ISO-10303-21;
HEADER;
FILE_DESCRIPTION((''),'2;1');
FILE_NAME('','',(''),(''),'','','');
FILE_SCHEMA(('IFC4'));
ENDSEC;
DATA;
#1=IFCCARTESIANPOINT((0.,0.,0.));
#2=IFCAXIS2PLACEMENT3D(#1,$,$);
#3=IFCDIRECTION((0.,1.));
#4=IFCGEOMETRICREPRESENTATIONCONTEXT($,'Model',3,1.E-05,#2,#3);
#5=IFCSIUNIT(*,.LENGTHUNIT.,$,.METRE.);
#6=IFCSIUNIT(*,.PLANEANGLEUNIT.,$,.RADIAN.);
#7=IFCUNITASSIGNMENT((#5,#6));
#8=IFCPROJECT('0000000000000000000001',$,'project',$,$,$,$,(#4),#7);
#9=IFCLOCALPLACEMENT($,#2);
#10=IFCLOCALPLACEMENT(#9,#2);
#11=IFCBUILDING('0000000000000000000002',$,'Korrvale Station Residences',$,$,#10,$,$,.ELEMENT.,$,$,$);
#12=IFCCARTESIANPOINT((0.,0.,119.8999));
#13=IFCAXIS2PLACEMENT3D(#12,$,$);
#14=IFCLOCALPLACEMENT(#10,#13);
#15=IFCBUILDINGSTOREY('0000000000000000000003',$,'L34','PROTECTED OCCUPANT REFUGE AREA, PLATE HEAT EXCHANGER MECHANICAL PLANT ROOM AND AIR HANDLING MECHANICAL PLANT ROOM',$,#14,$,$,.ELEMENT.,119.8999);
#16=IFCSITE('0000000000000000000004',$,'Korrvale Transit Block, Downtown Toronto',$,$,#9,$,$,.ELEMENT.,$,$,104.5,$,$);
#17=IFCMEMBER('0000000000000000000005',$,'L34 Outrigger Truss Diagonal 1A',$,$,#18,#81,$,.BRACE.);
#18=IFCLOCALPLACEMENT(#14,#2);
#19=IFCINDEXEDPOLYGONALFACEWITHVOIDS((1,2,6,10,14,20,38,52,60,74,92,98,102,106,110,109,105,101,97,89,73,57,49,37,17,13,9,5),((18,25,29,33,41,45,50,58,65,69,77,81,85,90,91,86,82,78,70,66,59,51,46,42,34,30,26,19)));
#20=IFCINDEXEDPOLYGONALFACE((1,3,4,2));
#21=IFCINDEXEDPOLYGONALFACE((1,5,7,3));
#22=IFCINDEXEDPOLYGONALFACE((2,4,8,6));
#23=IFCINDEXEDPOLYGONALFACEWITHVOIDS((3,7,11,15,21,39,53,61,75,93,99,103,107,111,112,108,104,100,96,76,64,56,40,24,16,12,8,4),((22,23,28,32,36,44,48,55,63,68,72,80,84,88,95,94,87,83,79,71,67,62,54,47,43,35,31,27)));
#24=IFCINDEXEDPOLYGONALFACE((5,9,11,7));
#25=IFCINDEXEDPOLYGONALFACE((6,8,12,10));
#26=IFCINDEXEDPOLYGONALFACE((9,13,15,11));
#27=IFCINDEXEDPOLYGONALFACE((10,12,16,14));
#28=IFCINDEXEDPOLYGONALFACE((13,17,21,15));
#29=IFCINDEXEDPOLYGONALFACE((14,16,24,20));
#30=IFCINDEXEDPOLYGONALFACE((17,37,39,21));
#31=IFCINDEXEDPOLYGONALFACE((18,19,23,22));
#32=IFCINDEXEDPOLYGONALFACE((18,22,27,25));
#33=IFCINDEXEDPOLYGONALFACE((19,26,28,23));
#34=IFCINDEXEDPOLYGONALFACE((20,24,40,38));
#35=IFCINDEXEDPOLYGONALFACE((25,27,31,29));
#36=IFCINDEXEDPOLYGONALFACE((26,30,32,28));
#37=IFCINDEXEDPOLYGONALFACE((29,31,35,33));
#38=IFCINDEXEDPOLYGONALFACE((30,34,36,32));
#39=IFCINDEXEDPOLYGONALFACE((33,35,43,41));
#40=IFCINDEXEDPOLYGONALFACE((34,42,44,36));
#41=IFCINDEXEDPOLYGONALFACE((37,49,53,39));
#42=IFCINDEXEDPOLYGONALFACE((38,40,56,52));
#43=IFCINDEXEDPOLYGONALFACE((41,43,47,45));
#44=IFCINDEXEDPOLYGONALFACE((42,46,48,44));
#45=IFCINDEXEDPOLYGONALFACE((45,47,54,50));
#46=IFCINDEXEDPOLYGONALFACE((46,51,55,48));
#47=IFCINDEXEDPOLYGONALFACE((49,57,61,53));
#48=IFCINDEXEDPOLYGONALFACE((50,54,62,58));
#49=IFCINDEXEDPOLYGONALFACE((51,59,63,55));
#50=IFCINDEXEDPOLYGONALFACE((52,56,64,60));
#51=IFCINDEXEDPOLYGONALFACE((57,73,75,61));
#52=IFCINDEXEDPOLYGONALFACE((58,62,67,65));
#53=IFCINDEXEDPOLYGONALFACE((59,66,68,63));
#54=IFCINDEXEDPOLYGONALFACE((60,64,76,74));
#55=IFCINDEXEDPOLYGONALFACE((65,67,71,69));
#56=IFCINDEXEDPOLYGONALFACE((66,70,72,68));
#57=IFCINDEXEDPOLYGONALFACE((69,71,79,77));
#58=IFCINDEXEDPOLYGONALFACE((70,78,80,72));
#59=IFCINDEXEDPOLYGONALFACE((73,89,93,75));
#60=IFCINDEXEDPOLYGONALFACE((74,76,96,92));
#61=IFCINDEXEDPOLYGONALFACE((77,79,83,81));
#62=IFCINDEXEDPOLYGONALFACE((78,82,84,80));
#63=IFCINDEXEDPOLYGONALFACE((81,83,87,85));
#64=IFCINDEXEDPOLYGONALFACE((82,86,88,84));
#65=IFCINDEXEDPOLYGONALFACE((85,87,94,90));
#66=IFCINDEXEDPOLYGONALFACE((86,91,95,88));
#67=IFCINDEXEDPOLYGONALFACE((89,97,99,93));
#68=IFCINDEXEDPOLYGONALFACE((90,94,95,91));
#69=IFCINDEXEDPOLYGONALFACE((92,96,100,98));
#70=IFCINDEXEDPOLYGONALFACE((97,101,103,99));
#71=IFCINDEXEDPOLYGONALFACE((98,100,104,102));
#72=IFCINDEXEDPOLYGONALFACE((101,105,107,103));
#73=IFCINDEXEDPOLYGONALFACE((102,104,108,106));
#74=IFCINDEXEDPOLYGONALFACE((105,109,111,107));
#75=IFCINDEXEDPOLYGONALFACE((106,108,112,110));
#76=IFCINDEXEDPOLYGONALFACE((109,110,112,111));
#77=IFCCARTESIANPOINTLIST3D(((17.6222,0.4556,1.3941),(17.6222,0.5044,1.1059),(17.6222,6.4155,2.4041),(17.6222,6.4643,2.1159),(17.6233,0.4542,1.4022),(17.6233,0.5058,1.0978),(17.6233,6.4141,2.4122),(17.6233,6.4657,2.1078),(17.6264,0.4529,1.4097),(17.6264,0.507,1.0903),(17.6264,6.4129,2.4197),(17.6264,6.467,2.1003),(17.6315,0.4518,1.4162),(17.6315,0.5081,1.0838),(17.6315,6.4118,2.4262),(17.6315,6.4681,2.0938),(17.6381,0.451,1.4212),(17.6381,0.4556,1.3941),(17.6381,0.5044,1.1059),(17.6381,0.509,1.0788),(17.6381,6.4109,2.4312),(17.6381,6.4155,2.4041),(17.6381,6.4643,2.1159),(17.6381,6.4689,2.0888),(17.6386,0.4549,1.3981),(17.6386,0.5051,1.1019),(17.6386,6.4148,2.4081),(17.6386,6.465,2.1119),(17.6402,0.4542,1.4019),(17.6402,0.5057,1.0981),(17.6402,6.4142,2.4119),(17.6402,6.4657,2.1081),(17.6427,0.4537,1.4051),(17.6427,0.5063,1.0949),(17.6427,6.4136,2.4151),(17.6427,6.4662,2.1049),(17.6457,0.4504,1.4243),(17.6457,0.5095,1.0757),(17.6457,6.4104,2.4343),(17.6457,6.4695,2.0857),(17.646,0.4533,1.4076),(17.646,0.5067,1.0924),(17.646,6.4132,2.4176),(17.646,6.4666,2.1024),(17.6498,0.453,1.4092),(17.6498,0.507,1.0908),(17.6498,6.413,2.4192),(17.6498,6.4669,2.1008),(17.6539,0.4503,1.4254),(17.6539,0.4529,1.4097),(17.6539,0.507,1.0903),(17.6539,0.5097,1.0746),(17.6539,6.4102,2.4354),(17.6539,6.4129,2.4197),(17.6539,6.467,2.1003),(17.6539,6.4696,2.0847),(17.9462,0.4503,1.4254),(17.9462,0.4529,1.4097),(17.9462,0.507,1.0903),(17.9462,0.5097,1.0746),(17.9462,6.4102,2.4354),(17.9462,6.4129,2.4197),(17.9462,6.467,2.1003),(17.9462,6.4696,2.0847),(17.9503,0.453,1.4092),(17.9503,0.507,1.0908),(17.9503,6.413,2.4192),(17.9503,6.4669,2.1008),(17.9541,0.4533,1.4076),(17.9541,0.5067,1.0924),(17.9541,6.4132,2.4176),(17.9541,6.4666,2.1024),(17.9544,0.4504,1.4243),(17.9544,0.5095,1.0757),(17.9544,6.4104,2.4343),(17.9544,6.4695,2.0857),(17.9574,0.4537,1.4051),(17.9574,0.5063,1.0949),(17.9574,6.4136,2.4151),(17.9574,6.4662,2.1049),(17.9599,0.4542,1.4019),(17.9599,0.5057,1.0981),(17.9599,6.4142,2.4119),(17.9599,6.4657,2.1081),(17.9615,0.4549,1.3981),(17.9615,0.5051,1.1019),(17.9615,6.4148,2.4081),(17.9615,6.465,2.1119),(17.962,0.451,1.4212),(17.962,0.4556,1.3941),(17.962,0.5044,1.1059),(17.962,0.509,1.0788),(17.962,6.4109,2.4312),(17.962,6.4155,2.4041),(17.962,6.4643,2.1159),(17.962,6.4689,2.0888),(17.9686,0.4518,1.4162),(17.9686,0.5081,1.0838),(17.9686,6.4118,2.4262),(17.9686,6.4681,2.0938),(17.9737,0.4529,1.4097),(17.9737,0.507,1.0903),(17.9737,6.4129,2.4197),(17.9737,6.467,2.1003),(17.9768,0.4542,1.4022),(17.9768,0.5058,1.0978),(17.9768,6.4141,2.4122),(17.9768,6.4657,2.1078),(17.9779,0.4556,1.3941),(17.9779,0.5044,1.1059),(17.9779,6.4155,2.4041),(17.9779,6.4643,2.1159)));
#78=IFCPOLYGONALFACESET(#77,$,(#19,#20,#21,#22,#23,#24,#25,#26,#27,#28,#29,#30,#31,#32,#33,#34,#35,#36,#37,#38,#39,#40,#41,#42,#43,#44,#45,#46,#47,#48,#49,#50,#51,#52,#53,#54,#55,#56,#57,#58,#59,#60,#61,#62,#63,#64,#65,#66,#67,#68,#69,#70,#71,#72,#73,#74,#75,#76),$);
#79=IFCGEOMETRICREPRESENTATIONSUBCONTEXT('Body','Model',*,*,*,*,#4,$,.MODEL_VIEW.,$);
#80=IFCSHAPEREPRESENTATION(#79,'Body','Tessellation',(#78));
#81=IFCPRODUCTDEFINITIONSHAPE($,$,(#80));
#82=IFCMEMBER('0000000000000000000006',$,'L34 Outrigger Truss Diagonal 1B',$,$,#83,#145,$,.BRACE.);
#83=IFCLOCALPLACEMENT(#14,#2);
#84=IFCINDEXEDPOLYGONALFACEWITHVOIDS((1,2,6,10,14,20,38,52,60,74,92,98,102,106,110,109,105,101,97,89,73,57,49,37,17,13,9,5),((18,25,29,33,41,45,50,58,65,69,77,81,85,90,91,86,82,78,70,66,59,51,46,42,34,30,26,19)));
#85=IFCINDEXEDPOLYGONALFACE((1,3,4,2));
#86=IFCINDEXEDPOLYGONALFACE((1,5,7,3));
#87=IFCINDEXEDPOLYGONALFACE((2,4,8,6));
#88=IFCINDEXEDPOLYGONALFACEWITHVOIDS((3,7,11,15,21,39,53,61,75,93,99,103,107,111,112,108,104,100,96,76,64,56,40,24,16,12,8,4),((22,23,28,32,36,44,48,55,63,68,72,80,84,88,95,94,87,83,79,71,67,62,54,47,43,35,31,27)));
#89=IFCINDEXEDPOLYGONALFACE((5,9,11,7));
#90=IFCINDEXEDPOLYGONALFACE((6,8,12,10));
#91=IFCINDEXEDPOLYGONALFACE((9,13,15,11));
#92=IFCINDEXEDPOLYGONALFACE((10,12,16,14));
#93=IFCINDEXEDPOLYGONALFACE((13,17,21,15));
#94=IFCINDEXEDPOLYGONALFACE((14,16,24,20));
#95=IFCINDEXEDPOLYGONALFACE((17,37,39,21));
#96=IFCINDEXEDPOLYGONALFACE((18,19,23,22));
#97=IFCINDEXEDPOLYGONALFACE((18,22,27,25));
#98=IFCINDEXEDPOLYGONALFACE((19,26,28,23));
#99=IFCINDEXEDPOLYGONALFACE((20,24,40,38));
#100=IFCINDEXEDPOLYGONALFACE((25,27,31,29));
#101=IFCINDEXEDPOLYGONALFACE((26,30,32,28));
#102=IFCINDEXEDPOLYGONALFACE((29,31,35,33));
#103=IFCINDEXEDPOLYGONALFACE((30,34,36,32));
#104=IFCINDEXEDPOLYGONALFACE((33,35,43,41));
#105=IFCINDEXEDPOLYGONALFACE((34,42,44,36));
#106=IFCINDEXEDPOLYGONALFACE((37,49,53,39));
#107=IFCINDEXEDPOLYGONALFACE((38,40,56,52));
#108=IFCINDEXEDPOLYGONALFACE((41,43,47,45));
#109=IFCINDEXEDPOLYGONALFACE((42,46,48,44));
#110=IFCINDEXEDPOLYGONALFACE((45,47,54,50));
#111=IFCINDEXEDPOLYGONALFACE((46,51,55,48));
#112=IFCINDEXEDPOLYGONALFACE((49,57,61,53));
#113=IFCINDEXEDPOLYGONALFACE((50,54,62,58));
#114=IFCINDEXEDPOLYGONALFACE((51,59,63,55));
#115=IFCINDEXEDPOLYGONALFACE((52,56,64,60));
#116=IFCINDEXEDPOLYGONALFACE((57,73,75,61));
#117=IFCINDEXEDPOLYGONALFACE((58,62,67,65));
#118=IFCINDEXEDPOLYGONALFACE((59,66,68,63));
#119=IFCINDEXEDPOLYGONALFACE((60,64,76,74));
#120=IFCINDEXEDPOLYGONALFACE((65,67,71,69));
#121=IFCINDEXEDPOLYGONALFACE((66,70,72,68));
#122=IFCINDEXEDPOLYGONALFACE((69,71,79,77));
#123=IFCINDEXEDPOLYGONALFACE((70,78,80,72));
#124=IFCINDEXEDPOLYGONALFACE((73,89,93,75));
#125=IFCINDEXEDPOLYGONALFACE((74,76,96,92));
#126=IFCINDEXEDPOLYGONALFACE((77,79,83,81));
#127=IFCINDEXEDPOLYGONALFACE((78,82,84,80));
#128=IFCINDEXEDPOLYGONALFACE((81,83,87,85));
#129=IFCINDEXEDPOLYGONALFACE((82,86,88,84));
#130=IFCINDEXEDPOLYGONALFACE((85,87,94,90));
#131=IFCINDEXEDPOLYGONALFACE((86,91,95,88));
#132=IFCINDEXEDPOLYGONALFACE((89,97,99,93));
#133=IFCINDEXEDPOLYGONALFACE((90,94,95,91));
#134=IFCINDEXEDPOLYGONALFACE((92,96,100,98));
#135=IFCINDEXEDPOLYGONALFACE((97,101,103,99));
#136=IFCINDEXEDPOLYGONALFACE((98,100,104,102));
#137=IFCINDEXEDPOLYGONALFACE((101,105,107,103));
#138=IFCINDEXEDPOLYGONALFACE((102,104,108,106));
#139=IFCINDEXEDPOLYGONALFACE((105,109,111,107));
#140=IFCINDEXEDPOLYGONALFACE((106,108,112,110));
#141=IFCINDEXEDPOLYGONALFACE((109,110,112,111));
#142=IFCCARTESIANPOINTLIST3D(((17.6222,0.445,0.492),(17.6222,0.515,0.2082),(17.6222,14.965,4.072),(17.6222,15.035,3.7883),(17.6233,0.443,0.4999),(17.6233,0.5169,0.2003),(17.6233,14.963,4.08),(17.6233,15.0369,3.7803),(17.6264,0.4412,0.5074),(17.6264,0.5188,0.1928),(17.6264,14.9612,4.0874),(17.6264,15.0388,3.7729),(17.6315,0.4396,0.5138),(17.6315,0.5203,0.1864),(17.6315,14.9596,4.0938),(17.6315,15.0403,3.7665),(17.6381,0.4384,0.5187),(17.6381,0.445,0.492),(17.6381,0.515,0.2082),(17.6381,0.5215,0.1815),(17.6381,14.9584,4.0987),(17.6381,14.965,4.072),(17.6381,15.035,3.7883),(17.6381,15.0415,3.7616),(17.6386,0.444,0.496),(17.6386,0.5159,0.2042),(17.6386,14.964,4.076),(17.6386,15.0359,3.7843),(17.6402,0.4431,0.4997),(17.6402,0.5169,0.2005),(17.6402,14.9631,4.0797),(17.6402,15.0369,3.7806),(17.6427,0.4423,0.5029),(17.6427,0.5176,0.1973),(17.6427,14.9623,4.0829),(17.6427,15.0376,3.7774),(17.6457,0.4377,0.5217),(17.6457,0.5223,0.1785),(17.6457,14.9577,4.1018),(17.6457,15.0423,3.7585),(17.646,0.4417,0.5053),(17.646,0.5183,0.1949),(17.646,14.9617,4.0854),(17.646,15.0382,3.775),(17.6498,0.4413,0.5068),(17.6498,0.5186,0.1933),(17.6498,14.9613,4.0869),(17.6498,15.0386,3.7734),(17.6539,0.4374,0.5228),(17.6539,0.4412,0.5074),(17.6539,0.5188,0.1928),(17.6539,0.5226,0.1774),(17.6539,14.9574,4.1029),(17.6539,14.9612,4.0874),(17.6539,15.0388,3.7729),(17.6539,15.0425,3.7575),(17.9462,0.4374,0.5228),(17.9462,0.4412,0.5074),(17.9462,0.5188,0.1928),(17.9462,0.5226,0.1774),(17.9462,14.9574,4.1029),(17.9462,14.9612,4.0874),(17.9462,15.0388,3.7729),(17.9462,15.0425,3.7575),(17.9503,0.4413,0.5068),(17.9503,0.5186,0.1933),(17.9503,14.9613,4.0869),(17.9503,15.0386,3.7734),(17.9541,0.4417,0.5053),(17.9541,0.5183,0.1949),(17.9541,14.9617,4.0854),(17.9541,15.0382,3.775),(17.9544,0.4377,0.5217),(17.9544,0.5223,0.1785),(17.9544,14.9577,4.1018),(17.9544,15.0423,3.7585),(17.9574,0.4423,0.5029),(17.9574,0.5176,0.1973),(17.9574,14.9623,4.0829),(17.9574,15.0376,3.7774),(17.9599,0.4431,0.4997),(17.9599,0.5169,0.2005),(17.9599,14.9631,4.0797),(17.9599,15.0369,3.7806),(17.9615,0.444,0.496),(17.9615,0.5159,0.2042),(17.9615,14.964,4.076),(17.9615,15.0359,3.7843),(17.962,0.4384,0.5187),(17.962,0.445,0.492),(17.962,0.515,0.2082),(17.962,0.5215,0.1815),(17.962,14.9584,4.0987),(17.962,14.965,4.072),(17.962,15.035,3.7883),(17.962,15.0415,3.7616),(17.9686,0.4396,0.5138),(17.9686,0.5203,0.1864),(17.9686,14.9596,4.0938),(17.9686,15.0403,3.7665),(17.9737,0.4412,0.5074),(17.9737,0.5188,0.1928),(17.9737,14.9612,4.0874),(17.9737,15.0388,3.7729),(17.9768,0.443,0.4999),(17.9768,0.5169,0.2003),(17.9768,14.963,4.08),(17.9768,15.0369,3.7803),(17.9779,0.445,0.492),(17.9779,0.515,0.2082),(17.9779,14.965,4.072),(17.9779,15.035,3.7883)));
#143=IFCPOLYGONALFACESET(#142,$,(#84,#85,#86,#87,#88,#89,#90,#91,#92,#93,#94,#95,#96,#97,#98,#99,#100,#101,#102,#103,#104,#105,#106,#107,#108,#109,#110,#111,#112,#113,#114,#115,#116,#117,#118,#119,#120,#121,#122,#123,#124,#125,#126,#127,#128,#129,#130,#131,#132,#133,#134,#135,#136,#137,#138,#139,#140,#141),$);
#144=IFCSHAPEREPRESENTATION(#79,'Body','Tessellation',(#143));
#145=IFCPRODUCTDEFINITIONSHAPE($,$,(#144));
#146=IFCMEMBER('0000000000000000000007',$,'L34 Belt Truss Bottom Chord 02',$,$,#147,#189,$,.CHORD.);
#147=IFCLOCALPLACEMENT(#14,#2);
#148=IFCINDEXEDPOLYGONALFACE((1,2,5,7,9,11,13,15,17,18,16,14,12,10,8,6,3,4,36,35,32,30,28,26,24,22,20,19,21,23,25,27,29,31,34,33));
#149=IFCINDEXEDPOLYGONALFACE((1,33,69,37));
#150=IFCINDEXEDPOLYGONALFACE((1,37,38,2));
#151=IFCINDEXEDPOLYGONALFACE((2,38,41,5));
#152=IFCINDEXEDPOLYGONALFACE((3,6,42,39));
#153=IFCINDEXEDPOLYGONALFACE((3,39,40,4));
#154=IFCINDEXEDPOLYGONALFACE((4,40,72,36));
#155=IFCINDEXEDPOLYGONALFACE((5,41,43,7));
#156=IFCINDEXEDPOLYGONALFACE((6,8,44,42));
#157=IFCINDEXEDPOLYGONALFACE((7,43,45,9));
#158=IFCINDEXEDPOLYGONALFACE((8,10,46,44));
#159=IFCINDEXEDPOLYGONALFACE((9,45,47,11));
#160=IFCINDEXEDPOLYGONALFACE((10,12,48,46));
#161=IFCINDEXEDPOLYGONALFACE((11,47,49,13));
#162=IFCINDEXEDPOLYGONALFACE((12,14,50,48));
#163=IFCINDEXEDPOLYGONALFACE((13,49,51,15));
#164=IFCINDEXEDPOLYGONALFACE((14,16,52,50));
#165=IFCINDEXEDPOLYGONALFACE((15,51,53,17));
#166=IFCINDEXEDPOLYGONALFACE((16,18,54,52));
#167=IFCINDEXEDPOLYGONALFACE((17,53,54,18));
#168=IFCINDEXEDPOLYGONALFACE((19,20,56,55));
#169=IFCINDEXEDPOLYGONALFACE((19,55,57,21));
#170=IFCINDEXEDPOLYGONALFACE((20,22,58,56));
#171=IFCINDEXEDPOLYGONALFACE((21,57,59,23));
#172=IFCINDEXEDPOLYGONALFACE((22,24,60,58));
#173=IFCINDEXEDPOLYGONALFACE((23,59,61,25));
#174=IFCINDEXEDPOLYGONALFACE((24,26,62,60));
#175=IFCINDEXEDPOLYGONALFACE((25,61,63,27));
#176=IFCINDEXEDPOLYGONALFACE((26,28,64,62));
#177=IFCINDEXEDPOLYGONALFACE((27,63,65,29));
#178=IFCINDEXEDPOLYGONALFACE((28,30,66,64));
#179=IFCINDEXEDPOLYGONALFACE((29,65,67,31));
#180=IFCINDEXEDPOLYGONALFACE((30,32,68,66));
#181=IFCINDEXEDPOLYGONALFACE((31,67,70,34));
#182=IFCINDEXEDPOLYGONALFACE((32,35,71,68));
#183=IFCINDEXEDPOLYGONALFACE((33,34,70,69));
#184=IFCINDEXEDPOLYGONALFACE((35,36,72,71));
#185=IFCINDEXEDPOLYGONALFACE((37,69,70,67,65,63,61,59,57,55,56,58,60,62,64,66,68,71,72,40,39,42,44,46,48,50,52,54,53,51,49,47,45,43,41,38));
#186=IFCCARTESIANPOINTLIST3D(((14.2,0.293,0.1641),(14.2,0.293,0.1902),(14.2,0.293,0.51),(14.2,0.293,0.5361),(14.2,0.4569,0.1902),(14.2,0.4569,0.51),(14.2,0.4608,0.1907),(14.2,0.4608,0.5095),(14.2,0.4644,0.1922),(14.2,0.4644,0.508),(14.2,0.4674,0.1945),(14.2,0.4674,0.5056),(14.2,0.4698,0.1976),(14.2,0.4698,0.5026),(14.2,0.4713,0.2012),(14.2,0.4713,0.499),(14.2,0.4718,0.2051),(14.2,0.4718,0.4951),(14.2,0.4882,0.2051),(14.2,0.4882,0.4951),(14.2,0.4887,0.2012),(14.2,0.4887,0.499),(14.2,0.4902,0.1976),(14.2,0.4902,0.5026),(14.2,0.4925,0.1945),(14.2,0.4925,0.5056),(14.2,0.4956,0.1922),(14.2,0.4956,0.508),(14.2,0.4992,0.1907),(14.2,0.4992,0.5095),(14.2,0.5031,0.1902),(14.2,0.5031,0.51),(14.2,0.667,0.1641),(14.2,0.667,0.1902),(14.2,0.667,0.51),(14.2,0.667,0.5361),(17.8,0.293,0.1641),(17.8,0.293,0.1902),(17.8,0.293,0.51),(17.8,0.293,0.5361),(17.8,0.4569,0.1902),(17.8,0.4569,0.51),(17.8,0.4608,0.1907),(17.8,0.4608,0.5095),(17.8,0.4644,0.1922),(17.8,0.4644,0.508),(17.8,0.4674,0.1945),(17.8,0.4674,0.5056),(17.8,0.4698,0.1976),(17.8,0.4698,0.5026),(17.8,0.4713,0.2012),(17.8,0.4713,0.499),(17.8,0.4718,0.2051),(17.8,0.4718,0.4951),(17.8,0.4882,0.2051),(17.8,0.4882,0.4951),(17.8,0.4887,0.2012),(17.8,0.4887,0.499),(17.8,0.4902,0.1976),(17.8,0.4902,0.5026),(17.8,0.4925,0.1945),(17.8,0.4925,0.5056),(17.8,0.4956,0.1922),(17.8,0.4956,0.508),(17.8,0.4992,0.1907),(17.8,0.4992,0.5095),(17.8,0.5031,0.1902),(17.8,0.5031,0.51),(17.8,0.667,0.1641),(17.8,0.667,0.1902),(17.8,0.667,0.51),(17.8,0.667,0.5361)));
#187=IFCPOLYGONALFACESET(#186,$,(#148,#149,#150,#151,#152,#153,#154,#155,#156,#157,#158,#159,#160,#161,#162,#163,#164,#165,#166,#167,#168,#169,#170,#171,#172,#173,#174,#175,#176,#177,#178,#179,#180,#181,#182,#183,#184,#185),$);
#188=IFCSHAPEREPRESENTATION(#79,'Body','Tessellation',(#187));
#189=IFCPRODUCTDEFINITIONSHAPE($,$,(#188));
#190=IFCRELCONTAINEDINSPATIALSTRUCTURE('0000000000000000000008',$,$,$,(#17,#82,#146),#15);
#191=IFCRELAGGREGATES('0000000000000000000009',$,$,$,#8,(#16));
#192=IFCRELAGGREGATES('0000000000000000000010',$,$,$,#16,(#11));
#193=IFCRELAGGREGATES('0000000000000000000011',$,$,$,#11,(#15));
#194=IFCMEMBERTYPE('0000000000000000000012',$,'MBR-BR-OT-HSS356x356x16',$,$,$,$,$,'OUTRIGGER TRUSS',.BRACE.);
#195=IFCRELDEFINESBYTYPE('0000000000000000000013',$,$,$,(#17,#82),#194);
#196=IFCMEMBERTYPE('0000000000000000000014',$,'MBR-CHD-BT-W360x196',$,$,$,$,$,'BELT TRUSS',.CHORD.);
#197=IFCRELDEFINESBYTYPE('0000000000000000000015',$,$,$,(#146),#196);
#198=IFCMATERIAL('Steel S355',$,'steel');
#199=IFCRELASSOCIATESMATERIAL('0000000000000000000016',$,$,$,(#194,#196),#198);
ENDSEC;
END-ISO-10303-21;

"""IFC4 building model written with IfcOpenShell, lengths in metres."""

from ifc_helpers import new_model, si_unit, direction, frame, origin, origin_2d, place, context, subcontext, project, spatial, hollow_rectangle, i_section, extrude, material, material_profile, profile_set, type_object, element, save


model = new_model("IFC4")

# Units and contexts
model_context = context("Model", 3, precision=1e-05, world=origin(), true_north=direction((0.0, 1.0)))
body_context = subcontext(model_context, "Body", "Model", "MODEL_VIEW")
ifc_project = project(units=[si_unit("LENGTHUNIT", "METRE"), si_unit("PLANEANGLEUNIT", "RADIAN")], contexts=[model_context])

# Site, building, storey
site_placement = place(None, origin())
site = spatial("IfcSite", under=ifc_project, at=site_placement, Name="Korrvale Transit Block, Downtown Toronto", CompositionType="ELEMENT", RefElevation=104.5)
building_placement = place(site_placement, origin())
building = spatial("IfcBuilding", under=site, at=building_placement, Name="Korrvale Station Residences", CompositionType="ELEMENT")
storey_placement = place(building_placement, frame((0.0, 0.0, 119.8999)))
storey = spatial("IfcBuildingStorey", under=building, at=storey_placement, Name="L34", Description="PROTECTED OCCUPANT REFUGE AREA, PLATE HEAT EXCHANGER MECHANICAL PLANT ROOM AND AIR HANDLING MECHANICAL PLANT ROOM", CompositionType="ELEMENT", Elevation=119.8999)

# Members
ifc_material_1 = material(Name="Steel S355", Category="steel")
ifc_material_profile_1 = material_profile(ifc_material_1, hollow_rectangle(XDim=0.3557, YDim=0.3557, WallThickness=0.0159, InnerFilletRadius=0.0159, OuterFilletRadius=0.0317, at=origin_2d()), Name="HSS356x356x16")
ifc_profile_set_1 = profile_set([ifc_material_profile_1], Name="Steel S355")
member_type_1 = type_object("IfcMemberType", Name="MBR-BR-OT-HSS356x356x16", ElementType="OUTRIGGER TRUSS", PredefinedType="BRACE", material=ifc_profile_set_1)
member_1_placement = place(storey_placement, frame((17.8, 0.48, 1.25), z_axis=(0.0, 0.985943, 0.167084), x_axis=(-1.0, 0.0, 0.0)))
element("IfcMember", 1, at=member_1_placement, inside=storey, type_object=member_type_1, Name="L34 Outrigger Truss Diagonal 1A", PredefinedType="BRACE", context=body_context, shape_type="SweptSolid", body=[
    extrude(hollow_rectangle(XDim=0.3557, YDim=0.3557, WallThickness=0.0159, InnerFilletRadius=0.0159, OuterFilletRadius=0.0317, at=origin_2d()), origin(), (0.0, 0.0, 1.0), 6.0449),
])
member_2_placement = place(storey_placement, frame((17.8, 0.48, 0.3501), z_axis=(0.0, 0.970923, 0.239392), x_axis=(-1.0, 0.0, 0.0)))
element("IfcMember", 2, at=member_2_placement, inside=storey, type_object=member_type_1, Name="L34 Outrigger Truss Diagonal 1B", PredefinedType="BRACE", context=body_context, shape_type="SweptSolid", body=[
    extrude(hollow_rectangle(XDim=0.3557, YDim=0.3557, WallThickness=0.0159, InnerFilletRadius=0.0159, OuterFilletRadius=0.0317, at=origin_2d()), origin(), (0.0, 0.0, 1.0), 14.9548),
])
ifc_material_profile_2 = material_profile(ifc_material_1, i_section(OverallWidth=0.374, OverallDepth=0.3721, WebThickness=0.0164, FlangeThickness=0.0261, FilletRadius=0.0149, at=origin_2d()), Name="W360x196")
ifc_profile_set_2 = profile_set([ifc_material_profile_2], Name="Steel S355")
member_type_2 = type_object("IfcMemberType", Name="MBR-CHD-BT-W360x196", ElementType="BELT TRUSS", PredefinedType="CHORD", material=ifc_profile_set_2)
member_3_placement = place(storey_placement, frame((14.2, 0.48, 0.3501), z_axis=(1.0, 0.0, 0.0), x_axis=(0.0, 1.0, 0.0)))
element("IfcMember", 3, at=member_3_placement, inside=storey, type_object=member_type_2, Name="L34 Belt Truss Bottom Chord 02", PredefinedType="CHORD", context=body_context, shape_type="SweptSolid", body=[
    extrude(i_section(OverallWidth=0.374, OverallDepth=0.3721, WebThickness=0.0164, FlangeThickness=0.0261, FilletRadius=0.0149, at=origin_2d()), origin(), (0.0, 0.0, 1.0), 3.6001),
])

save(model, "model.ifc")
